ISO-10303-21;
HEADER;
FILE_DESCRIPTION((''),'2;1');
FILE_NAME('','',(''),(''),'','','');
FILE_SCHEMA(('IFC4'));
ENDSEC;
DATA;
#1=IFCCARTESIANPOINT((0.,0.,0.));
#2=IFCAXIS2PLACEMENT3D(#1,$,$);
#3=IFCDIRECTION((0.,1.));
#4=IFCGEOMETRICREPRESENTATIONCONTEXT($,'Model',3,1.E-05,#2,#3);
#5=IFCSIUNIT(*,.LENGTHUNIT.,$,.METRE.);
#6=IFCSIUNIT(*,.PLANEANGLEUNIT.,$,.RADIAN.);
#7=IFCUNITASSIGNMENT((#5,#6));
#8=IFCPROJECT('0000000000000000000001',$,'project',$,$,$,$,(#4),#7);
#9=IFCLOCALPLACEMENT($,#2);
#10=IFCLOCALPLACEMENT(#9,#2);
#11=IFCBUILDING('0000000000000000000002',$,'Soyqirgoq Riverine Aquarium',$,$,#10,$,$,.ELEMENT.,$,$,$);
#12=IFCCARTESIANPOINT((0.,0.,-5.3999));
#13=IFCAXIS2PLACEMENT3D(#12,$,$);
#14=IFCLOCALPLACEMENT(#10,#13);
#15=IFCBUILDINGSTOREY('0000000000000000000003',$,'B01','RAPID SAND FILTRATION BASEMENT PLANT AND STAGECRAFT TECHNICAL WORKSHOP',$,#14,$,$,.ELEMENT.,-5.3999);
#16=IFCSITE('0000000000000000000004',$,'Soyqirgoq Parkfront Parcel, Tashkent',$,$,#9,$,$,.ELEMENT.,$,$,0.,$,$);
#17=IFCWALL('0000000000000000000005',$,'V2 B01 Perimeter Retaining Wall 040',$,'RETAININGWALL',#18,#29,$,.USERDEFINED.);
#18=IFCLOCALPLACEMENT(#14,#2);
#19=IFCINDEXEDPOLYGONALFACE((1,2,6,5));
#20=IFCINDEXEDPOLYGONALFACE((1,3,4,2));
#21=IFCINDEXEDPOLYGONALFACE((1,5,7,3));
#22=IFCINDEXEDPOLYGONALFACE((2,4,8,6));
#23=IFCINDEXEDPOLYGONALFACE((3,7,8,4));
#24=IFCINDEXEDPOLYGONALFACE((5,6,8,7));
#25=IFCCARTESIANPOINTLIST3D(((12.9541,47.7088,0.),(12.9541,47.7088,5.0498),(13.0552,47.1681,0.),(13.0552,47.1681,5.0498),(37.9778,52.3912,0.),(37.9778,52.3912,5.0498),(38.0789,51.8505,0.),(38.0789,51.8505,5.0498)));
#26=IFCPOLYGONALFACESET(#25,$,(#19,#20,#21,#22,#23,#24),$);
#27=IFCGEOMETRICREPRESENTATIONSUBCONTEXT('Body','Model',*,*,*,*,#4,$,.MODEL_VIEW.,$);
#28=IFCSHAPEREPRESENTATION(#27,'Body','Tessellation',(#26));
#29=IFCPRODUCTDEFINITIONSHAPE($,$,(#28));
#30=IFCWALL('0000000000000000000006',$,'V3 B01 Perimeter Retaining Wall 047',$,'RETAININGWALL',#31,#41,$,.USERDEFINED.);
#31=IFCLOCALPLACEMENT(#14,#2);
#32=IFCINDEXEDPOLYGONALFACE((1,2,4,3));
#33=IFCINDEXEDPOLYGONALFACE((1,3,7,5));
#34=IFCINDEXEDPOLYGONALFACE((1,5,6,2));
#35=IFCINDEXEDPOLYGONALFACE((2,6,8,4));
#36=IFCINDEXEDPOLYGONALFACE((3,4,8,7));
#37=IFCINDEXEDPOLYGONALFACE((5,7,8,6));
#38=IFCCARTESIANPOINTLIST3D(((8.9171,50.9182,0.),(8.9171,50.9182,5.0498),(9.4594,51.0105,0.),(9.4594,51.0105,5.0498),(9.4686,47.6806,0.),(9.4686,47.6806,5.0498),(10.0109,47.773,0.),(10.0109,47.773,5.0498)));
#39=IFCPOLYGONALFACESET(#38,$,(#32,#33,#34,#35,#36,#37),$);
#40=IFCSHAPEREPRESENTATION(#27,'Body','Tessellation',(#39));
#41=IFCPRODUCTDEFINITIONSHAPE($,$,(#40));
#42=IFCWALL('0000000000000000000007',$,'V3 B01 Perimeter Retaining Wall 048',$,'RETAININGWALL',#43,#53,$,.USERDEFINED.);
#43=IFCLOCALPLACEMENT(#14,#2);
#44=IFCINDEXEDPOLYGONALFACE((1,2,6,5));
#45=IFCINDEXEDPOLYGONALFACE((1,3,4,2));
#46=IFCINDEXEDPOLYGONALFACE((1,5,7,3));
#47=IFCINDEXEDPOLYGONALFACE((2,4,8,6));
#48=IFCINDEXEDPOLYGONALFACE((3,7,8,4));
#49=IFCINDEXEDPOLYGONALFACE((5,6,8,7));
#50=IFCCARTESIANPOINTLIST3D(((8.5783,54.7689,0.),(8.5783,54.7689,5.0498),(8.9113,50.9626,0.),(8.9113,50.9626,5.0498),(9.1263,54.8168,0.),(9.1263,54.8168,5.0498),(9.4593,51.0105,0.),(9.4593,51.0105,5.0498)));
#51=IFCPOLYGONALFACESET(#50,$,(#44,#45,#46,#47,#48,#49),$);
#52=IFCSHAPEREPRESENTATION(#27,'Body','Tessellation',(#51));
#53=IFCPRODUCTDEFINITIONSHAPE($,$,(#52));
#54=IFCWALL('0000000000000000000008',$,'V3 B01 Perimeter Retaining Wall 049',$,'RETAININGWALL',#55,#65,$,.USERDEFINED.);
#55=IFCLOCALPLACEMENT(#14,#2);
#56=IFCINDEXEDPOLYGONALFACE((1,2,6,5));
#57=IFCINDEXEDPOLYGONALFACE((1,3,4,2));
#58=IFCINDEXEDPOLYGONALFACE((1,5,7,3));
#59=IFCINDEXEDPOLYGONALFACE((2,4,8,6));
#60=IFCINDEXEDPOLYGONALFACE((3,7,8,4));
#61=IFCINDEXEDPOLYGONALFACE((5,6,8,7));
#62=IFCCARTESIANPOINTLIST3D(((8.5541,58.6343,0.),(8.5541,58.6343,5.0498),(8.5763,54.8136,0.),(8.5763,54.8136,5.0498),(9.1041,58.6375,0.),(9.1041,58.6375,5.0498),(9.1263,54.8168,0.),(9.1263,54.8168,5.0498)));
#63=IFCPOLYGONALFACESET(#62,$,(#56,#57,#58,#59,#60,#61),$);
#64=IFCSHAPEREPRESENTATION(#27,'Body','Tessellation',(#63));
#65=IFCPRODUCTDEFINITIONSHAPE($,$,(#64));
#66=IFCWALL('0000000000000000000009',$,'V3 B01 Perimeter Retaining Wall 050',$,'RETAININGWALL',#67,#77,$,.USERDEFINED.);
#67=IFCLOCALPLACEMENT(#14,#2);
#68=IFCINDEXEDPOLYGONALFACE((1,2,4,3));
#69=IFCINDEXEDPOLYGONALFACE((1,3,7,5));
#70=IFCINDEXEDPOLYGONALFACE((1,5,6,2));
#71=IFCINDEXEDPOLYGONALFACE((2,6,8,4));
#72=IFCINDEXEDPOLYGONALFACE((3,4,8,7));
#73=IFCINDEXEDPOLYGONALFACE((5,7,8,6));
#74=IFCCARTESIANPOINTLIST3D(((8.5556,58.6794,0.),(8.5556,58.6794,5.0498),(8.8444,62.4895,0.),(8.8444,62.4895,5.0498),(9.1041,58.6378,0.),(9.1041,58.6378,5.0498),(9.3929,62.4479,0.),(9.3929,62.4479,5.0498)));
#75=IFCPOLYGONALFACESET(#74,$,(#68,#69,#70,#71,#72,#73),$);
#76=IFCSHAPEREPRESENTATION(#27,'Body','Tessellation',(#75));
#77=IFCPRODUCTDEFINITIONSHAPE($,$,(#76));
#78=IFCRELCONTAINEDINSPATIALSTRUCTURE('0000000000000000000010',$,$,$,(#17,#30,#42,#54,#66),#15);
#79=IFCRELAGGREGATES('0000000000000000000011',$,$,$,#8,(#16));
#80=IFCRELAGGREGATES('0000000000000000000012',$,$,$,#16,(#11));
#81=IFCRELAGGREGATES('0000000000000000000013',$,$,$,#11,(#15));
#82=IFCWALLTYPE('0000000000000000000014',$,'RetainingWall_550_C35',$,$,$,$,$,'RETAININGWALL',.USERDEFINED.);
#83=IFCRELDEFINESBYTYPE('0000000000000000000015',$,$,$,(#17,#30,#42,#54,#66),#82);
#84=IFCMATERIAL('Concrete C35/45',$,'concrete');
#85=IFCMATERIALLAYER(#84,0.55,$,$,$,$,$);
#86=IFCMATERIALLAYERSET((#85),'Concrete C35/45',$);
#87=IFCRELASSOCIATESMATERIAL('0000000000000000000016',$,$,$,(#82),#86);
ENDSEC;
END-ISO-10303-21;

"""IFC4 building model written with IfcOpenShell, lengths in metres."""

from ifc_helpers import new_model, si_unit, direction, frame, frame_2d, origin, place, context, subcontext, project, spatial, rectangle, extrude, material, layer, layer_set, type_object, element, save


model = new_model("IFC4")

# Units and contexts
model_context = context("Model", 3, precision=1e-05, world=origin(), true_north=direction((0.0, 1.0)))
body_context = subcontext(model_context, "Body", "Model", "MODEL_VIEW")
ifc_project = project(units=[si_unit("LENGTHUNIT", "METRE"), si_unit("PLANEANGLEUNIT", "RADIAN")], contexts=[model_context])

# Site, building, storey
site_placement = place(None, origin())
site = spatial("IfcSite", under=ifc_project, at=site_placement, Name="Soyqirgoq Parkfront Parcel, Tashkent", CompositionType="ELEMENT", RefElevation=0.0)
building_placement = place(site_placement, origin())
building = spatial("IfcBuilding", under=site, at=building_placement, Name="Soyqirgoq Riverine Aquarium", CompositionType="ELEMENT")
storey_placement = place(building_placement, frame((0.0, 0.0, -5.3999)))
storey = spatial("IfcBuildingStorey", under=building, at=storey_placement, Name="B01", Description="RAPID SAND FILTRATION BASEMENT PLANT AND STAGECRAFT TECHNICAL WORKSHOP", CompositionType="ELEMENT", Elevation=-5.3999)

# Walls
ifc_material_1 = material(Name="Concrete C35/45", Category="concrete")
ifc_layer_1 = layer(ifc_material_1, 0.55)
ifc_layer_set_1 = layer_set([ifc_layer_1], Name="Concrete C35/45")
wall_type_1 = type_object("IfcWallType", Name="RetainingWall_550_C35", ElementType="RETAININGWALL", PredefinedType="USERDEFINED", material=ifc_layer_set_1)
wall_1_placement = place(storey_placement, frame((13.0046, 47.4385, 0.0), z_axis=(0.0, 0.0, 1.0), x_axis=(0.98294, 0.183925, 0.0)))
element("IfcWall", 1, at=wall_1_placement, inside=storey, type_object=wall_type_1, Name="V2 B01 Perimeter Retaining Wall 040", ObjectType="RETAININGWALL", PredefinedType="USERDEFINED", context=body_context, shape_type="SweptSolid", body=[
    extrude(rectangle(XDim=25.458, YDim=0.55, at=frame_2d((12.729, 0.0))), origin(), (0.0, 0.0, 1.0), 5.0498),
])
wall_2_placement = place(storey_placement, frame((9.7397, 47.7268, 0.0), z_axis=(0.0, 0.0, 1.0), x_axis=(-0.16793, 0.985799, 0.0)))
element("IfcWall", 2, at=wall_2_placement, inside=storey, type_object=wall_type_1, Name="V3 B01 Perimeter Retaining Wall 047", ObjectType="RETAININGWALL", PredefinedType="USERDEFINED", context=body_context, shape_type="SweptSolid", body=[
    extrude(rectangle(XDim=3.2842, YDim=0.55, at=frame_2d((1.6421, 0.0))), origin(), (0.0, 0.0, 1.0), 5.0498),
])
for number, where, z_axis, x_axis, name in (
    (3, (9.1853, 50.9866, 0.0), (0.0, 0.0, 1.0), (-0.087159, 0.996194, 0.0), "V3 B01 Perimeter Retaining Wall 048"),
    (4, (8.8513, 54.8152, 0.0), (0.0, 0.0, 1.0), (-0.005815, 0.999983, 0.0), "V3 B01 Perimeter Retaining Wall 049"),
):
    element("IfcWall", number, at=place(storey_placement, frame(where, z_axis=z_axis, x_axis=x_axis)), inside=storey, type_object=wall_type_1, Name=name, ObjectType="RETAININGWALL", PredefinedType="USERDEFINED", context=body_context, shape_type="SweptSolid", body=[
        extrude(rectangle(XDim=3.8208, YDim=0.55, at=frame_2d((1.9104, 0.0))), origin(), (0.0, 0.0, 1.0), 5.0498),
    ])
wall_3_placement = place(storey_placement, frame((8.8298, 58.6584, 0.0), z_axis=(0.0, 0.0, 1.0), x_axis=(0.075587, 0.997139, 0.0)))
element("IfcWall", 5, at=wall_3_placement, inside=storey, type_object=wall_type_1, Name="V3 B01 Perimeter Retaining Wall 050", ObjectType="RETAININGWALL", PredefinedType="USERDEFINED", context=body_context, shape_type="SweptSolid", body=[
    extrude(rectangle(XDim=3.821, YDim=0.55, at=frame_2d((1.9106, 0.0))), origin(), (0.0, 0.0, 1.0), 5.0498),
])

save(model, "model.ifc")
